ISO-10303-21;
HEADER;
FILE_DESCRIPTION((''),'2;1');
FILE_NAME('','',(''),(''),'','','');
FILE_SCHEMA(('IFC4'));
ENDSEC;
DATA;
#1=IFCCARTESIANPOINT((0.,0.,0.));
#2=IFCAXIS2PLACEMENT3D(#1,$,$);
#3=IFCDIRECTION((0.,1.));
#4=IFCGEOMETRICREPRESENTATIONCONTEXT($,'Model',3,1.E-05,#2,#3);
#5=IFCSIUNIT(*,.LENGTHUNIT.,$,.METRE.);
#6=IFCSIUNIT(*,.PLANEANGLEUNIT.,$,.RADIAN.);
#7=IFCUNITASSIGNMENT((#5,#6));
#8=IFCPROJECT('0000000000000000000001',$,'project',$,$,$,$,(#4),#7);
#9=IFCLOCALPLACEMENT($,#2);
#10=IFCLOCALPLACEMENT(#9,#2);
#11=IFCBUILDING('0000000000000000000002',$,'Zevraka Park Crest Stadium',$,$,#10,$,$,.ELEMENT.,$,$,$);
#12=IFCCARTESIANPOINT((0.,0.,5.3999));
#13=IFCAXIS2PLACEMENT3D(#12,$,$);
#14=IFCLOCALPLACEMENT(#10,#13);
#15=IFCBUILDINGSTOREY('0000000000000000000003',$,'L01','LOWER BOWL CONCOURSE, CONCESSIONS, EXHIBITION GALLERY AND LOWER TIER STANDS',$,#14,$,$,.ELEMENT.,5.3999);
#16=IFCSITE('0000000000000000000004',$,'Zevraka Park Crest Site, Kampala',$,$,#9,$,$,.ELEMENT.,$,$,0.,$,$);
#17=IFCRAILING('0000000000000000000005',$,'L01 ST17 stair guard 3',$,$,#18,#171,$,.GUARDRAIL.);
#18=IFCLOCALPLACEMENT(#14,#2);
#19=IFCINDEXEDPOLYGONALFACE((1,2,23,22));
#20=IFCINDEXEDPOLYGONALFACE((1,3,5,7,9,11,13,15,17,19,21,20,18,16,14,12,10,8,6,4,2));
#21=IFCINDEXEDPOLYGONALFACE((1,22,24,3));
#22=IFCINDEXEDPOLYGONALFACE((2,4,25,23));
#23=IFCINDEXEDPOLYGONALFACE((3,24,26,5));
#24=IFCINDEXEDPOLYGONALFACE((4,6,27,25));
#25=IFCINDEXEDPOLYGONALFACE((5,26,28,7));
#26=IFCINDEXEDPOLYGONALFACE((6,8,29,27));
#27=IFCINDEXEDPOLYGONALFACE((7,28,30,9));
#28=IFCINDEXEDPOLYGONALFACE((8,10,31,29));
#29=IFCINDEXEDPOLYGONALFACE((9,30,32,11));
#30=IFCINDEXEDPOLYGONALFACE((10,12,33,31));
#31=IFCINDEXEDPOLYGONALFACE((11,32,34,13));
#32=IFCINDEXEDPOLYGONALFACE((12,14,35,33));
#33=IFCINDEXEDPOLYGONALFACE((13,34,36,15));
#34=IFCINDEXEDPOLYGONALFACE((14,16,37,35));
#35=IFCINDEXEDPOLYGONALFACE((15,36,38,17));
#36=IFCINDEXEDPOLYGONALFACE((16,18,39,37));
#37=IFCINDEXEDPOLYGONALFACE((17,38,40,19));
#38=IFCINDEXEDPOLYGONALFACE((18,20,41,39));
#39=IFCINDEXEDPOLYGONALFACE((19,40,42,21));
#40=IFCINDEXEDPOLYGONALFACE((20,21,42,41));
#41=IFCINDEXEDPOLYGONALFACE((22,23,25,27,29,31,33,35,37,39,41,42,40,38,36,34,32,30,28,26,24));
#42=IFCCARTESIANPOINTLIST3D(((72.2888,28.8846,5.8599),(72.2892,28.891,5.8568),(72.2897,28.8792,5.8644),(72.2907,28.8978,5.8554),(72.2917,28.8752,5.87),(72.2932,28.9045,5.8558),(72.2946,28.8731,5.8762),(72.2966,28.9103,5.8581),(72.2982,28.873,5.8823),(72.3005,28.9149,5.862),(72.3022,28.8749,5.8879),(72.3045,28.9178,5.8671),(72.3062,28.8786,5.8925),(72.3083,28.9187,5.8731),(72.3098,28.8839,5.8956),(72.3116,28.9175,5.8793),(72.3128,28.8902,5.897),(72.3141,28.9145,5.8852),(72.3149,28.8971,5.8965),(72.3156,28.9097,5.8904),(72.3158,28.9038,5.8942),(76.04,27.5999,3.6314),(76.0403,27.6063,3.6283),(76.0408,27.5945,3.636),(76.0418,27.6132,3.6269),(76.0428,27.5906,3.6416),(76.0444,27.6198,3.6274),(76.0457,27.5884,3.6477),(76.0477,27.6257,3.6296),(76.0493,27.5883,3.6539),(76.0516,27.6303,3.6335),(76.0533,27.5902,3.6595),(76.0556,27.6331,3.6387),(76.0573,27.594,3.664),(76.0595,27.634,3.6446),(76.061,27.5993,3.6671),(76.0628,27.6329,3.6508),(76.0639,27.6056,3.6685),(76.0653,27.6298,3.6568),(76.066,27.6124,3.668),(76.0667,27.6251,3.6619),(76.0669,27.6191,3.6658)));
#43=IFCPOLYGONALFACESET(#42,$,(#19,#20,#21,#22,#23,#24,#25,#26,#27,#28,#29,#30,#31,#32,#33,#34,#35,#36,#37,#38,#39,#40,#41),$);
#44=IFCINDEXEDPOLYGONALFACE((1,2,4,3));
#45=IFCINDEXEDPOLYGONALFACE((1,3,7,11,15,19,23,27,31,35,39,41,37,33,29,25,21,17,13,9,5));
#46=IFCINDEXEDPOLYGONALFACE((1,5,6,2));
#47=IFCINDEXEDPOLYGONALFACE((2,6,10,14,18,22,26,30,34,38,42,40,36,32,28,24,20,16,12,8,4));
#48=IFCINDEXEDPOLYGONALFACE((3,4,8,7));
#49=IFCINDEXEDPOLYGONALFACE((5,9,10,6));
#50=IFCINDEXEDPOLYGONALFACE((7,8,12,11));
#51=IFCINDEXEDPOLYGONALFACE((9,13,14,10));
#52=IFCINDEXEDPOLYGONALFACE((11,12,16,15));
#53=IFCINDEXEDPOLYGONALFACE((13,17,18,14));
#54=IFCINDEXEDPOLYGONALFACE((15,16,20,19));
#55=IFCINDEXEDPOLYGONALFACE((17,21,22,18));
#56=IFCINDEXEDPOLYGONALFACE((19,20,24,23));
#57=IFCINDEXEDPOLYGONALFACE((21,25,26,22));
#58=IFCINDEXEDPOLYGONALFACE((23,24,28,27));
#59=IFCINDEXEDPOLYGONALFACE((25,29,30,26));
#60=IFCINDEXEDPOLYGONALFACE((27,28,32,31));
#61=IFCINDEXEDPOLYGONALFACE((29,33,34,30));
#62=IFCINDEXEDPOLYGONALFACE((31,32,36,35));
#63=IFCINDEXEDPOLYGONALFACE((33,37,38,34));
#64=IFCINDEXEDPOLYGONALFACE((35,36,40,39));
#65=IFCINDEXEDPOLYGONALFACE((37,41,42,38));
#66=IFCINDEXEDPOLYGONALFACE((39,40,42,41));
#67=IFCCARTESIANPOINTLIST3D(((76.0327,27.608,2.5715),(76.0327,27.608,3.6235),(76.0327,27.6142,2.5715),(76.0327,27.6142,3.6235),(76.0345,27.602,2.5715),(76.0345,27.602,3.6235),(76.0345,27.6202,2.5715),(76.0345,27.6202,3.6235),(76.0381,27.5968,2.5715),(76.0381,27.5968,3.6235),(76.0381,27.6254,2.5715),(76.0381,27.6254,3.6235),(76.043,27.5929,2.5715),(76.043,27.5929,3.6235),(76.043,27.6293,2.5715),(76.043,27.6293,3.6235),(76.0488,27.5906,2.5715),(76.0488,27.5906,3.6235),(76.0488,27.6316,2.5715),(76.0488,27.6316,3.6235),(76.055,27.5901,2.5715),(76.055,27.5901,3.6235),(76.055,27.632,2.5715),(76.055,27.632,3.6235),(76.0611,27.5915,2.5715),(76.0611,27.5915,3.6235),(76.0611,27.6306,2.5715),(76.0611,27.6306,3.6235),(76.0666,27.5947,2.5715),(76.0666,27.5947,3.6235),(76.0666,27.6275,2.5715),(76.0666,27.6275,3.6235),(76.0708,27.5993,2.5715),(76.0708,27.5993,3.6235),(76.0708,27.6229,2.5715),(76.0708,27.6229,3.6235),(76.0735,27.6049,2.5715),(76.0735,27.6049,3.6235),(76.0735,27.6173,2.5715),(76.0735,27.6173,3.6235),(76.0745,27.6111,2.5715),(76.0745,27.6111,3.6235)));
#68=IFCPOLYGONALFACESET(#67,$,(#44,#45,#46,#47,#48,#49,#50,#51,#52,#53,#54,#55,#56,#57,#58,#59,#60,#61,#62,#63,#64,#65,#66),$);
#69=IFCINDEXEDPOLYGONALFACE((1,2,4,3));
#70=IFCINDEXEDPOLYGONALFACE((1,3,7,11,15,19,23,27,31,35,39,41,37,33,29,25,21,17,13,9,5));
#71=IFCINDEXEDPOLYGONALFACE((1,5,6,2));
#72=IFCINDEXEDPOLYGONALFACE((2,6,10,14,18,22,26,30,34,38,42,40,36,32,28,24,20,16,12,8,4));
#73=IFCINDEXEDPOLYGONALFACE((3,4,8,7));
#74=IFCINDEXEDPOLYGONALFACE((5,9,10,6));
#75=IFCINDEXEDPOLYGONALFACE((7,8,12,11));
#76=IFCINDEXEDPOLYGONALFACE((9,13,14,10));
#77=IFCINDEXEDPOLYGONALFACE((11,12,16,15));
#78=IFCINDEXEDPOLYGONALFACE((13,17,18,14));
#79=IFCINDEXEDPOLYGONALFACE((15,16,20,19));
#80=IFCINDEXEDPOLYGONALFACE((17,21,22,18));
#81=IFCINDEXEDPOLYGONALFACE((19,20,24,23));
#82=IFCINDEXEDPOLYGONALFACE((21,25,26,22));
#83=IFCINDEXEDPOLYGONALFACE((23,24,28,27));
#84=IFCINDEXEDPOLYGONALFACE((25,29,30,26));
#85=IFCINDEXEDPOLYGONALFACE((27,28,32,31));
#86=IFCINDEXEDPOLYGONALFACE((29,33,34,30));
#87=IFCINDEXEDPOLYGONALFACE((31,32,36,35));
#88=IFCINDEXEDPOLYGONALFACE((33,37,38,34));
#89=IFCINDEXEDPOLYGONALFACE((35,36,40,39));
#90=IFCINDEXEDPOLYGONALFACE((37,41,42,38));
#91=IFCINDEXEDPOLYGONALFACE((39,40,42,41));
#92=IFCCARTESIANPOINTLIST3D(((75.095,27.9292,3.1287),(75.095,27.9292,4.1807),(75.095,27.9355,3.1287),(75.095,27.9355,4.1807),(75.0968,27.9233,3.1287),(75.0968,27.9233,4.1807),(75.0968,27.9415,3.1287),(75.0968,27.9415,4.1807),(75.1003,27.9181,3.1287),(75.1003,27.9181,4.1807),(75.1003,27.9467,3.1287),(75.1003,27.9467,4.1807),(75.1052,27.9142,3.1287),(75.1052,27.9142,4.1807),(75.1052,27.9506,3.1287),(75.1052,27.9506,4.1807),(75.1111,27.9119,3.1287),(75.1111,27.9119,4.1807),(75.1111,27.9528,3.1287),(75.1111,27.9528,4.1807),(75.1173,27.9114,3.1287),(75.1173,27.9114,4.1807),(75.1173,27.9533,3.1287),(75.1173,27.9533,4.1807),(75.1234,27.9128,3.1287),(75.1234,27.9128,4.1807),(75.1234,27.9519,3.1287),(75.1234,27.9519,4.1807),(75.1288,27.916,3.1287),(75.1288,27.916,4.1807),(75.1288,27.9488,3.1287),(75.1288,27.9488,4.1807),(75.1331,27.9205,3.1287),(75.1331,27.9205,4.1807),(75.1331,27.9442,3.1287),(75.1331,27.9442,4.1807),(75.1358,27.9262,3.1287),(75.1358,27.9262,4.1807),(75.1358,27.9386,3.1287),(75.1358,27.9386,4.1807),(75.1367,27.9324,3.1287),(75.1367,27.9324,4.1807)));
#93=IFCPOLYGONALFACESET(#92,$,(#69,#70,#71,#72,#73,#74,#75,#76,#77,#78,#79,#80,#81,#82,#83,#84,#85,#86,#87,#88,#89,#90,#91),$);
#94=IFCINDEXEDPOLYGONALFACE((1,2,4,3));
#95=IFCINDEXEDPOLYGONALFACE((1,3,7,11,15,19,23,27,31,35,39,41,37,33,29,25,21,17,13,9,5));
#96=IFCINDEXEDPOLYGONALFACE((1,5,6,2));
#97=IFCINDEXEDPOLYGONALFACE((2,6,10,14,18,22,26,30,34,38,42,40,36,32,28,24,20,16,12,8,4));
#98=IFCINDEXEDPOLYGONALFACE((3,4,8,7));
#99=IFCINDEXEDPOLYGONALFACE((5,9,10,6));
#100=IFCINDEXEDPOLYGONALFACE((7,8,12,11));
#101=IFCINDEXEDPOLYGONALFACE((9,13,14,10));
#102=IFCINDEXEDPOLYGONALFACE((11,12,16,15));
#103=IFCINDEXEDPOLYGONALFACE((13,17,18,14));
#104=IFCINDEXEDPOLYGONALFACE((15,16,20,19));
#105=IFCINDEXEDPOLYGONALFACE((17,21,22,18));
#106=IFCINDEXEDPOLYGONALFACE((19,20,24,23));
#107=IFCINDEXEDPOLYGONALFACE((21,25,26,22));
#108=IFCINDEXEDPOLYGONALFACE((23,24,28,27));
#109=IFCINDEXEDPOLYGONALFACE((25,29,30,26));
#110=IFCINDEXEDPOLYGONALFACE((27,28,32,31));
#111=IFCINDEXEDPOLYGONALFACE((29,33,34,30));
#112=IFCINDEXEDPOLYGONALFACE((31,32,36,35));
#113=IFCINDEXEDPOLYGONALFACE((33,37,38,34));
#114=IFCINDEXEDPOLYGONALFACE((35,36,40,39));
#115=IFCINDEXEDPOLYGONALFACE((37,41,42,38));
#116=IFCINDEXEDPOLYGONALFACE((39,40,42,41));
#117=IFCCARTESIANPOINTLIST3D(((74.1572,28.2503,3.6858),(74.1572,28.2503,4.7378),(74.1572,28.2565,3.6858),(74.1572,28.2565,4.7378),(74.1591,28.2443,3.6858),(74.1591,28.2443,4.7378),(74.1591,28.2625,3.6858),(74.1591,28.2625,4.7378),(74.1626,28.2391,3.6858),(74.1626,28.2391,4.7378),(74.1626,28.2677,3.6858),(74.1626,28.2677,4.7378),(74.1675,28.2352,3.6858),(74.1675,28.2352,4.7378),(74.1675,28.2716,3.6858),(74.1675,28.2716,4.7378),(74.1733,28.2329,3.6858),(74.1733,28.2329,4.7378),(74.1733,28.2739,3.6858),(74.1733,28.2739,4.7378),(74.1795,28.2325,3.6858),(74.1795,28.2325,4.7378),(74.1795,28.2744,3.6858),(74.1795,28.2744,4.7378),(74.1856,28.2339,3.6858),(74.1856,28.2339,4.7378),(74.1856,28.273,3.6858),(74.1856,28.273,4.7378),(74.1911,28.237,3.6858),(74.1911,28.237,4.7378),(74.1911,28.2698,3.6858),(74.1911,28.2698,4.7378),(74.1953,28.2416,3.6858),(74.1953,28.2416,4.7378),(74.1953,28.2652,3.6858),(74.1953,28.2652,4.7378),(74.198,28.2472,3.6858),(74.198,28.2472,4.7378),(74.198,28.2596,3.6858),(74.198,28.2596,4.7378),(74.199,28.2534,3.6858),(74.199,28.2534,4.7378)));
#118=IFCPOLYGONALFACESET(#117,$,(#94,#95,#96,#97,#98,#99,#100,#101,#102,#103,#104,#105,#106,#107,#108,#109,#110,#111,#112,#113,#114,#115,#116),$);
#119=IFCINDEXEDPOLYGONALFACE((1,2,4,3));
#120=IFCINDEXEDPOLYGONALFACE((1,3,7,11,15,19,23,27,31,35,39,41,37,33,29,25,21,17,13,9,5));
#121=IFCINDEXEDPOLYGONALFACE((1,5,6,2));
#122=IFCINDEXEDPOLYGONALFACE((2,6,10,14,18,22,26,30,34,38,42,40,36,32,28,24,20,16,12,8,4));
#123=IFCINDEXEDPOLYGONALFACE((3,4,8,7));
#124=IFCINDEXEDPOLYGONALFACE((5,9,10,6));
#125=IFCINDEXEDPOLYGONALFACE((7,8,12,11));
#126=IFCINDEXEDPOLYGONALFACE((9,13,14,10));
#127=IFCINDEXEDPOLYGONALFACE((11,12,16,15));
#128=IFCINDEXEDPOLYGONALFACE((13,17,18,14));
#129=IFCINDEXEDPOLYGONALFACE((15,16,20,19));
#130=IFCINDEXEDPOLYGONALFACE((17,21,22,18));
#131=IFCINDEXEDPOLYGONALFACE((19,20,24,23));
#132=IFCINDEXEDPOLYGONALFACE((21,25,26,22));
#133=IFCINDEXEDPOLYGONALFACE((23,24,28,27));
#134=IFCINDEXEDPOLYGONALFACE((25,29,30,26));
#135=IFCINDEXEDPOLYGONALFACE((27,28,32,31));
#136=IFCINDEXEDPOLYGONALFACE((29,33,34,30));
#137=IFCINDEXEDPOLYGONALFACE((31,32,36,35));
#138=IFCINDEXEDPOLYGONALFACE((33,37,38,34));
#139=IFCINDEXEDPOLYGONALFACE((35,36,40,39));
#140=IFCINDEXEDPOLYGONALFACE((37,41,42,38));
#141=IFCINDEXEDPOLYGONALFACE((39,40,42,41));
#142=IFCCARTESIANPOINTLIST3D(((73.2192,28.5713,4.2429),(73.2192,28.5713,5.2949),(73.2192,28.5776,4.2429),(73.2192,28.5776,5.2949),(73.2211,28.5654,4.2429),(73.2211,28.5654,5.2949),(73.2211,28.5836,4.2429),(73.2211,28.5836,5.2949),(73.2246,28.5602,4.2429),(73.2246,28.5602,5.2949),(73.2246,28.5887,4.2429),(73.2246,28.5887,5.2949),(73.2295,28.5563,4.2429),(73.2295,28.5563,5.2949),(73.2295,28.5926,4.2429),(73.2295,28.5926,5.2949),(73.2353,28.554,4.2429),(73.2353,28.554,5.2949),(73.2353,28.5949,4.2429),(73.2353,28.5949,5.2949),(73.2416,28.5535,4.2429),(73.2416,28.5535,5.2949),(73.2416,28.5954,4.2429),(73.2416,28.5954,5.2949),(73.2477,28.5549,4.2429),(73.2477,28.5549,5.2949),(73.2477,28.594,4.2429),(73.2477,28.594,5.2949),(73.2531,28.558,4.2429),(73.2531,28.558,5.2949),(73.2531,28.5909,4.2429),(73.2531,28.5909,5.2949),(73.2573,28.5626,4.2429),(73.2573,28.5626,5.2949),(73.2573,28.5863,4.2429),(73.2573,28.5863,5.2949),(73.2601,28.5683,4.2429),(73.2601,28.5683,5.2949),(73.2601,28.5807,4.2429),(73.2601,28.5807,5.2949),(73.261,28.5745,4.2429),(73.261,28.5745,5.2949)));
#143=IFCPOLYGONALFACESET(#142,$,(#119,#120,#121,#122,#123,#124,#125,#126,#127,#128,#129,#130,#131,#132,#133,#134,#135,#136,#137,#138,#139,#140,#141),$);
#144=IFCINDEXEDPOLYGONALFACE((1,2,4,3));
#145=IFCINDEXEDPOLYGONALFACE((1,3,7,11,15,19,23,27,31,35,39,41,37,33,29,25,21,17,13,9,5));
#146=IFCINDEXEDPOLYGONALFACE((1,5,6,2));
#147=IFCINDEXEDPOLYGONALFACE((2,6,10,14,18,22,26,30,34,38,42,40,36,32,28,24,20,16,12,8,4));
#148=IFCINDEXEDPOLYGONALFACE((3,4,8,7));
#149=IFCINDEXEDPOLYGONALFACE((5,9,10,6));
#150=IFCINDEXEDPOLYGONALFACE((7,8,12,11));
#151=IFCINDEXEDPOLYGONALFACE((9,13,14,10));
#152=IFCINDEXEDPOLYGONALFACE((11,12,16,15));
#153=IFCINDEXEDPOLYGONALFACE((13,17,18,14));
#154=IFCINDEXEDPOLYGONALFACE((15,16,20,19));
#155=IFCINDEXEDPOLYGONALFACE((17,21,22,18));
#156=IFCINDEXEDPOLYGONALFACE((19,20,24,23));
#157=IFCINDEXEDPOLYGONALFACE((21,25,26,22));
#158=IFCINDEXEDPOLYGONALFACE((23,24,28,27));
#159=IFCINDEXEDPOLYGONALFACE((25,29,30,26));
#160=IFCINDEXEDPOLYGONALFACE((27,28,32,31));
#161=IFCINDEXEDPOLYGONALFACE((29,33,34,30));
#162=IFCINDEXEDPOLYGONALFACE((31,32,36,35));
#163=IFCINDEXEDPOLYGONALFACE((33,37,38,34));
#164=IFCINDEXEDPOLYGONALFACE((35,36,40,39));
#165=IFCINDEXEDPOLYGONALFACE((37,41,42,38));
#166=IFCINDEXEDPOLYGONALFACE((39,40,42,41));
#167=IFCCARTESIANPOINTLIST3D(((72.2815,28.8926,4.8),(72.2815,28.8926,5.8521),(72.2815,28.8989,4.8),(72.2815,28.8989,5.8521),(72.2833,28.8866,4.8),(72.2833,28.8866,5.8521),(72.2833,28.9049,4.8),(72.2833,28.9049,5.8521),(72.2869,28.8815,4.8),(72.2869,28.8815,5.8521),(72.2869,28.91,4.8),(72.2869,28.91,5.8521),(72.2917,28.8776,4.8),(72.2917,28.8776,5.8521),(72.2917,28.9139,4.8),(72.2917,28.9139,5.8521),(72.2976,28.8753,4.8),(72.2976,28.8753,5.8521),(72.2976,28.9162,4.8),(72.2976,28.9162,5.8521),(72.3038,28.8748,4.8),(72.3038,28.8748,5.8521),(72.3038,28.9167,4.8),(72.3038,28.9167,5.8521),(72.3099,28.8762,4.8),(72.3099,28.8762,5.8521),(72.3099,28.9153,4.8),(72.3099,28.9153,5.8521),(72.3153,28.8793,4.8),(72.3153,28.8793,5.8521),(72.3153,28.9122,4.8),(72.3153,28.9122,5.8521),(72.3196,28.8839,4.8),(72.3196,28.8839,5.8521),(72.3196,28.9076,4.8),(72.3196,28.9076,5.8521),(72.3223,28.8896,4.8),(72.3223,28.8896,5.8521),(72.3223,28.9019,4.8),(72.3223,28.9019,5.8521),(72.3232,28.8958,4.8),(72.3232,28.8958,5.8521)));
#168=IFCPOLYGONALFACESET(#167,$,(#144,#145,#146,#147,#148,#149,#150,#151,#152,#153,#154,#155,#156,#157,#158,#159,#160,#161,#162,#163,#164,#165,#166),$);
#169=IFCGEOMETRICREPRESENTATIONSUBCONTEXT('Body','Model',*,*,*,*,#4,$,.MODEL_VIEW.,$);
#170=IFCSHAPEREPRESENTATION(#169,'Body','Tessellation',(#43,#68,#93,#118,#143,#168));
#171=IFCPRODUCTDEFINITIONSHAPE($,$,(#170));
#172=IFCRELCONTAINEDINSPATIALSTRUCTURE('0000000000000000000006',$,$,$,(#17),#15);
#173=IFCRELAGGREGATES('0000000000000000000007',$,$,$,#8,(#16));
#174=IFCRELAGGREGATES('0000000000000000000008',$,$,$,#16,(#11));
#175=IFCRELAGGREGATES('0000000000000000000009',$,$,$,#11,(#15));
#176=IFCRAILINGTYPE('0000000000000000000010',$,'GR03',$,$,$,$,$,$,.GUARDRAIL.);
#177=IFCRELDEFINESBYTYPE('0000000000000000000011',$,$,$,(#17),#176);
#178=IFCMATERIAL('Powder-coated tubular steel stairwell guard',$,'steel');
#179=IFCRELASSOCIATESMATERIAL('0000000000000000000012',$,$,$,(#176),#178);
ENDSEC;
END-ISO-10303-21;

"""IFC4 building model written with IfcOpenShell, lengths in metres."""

from ifc_helpers import new_model, si_unit, direction, frame, origin, origin_2d, place, context, subcontext, project, spatial, circle, extrude, material, type_object, element, save


model = new_model("IFC4")

# Units and contexts
model_context = context("Model", 3, precision=1e-05, world=origin(), true_north=direction((0.0, 1.0)))
body_context = subcontext(model_context, "Body", "Model", "MODEL_VIEW")
ifc_project = project(units=[si_unit("LENGTHUNIT", "METRE"), si_unit("PLANEANGLEUNIT", "RADIAN")], contexts=[model_context])

# Site, building, storey
site_placement = place(None, origin())
site = spatial("IfcSite", under=ifc_project, at=site_placement, Name="Zevraka Park Crest Site, Kampala", CompositionType="ELEMENT", RefElevation=0.0)
building_placement = place(site_placement, origin())
building = spatial("IfcBuilding", under=site, at=building_placement, Name="Zevraka Park Crest Stadium", CompositionType="ELEMENT")
storey_placement = place(building_placement, frame((0.0, 0.0, 5.3999)))
storey = spatial("IfcBuildingStorey", under=building, at=storey_placement, Name="L01", Description="LOWER BOWL CONCOURSE, CONCESSIONS, EXHIBITION GALLERY AND LOWER TIER STANDS", CompositionType="ELEMENT", Elevation=5.3999)

# Railing
ifc_material_1 = material(Name="Powder-coated tubular steel stairwell guard", Category="steel")
railing_type_1 = type_object("IfcRailingType", Name="GR03", PredefinedType="GUARDRAIL", material=ifc_material_1)
railing_1_placement = place(storey_placement, frame((76.0535, 27.6111, 2.5715)))
element("IfcRailing", 1, at=railing_1_placement, inside=storey, type_object=railing_type_1, Name="L01 ST17 stair guard 3", PredefinedType="GUARDRAIL", context=body_context, shape_type="SweptSolid", body=[
    extrude(circle(Radius=0.0239, at=origin_2d()), frame((0.0, 0.0, 1.0762), z_axis=(-0.824727, 0.282441, 0.489952), x_axis=(-0.323994, -0.946059, 0.0)), (0.0, 0.0, 1.0), 4.5483),
    extrude(circle(Radius=0.021, at=origin_2d()), origin(), (0.0, 0.0, 1.0), 1.052),
    extrude(circle(Radius=0.021, at=origin_2d()), frame((-0.9377, 0.3213, 0.5571)), (0.0, 0.0, 1.0), 1.052),
    extrude(circle(Radius=0.021, at=origin_2d()), frame((-1.8755, 0.6423, 1.1143)), (0.0, 0.0, 1.0), 1.052),
    extrude(circle(Radius=0.021, at=origin_2d()), frame((-2.8135, 0.9634, 1.6714)), (0.0, 0.0, 1.0), 1.052),
    extrude(circle(Radius=0.021, at=origin_2d()), frame((-3.7512, 1.2847, 2.2285)), (0.0, 0.0, 1.0), 1.052),
])

save(model, "model.ifc")
